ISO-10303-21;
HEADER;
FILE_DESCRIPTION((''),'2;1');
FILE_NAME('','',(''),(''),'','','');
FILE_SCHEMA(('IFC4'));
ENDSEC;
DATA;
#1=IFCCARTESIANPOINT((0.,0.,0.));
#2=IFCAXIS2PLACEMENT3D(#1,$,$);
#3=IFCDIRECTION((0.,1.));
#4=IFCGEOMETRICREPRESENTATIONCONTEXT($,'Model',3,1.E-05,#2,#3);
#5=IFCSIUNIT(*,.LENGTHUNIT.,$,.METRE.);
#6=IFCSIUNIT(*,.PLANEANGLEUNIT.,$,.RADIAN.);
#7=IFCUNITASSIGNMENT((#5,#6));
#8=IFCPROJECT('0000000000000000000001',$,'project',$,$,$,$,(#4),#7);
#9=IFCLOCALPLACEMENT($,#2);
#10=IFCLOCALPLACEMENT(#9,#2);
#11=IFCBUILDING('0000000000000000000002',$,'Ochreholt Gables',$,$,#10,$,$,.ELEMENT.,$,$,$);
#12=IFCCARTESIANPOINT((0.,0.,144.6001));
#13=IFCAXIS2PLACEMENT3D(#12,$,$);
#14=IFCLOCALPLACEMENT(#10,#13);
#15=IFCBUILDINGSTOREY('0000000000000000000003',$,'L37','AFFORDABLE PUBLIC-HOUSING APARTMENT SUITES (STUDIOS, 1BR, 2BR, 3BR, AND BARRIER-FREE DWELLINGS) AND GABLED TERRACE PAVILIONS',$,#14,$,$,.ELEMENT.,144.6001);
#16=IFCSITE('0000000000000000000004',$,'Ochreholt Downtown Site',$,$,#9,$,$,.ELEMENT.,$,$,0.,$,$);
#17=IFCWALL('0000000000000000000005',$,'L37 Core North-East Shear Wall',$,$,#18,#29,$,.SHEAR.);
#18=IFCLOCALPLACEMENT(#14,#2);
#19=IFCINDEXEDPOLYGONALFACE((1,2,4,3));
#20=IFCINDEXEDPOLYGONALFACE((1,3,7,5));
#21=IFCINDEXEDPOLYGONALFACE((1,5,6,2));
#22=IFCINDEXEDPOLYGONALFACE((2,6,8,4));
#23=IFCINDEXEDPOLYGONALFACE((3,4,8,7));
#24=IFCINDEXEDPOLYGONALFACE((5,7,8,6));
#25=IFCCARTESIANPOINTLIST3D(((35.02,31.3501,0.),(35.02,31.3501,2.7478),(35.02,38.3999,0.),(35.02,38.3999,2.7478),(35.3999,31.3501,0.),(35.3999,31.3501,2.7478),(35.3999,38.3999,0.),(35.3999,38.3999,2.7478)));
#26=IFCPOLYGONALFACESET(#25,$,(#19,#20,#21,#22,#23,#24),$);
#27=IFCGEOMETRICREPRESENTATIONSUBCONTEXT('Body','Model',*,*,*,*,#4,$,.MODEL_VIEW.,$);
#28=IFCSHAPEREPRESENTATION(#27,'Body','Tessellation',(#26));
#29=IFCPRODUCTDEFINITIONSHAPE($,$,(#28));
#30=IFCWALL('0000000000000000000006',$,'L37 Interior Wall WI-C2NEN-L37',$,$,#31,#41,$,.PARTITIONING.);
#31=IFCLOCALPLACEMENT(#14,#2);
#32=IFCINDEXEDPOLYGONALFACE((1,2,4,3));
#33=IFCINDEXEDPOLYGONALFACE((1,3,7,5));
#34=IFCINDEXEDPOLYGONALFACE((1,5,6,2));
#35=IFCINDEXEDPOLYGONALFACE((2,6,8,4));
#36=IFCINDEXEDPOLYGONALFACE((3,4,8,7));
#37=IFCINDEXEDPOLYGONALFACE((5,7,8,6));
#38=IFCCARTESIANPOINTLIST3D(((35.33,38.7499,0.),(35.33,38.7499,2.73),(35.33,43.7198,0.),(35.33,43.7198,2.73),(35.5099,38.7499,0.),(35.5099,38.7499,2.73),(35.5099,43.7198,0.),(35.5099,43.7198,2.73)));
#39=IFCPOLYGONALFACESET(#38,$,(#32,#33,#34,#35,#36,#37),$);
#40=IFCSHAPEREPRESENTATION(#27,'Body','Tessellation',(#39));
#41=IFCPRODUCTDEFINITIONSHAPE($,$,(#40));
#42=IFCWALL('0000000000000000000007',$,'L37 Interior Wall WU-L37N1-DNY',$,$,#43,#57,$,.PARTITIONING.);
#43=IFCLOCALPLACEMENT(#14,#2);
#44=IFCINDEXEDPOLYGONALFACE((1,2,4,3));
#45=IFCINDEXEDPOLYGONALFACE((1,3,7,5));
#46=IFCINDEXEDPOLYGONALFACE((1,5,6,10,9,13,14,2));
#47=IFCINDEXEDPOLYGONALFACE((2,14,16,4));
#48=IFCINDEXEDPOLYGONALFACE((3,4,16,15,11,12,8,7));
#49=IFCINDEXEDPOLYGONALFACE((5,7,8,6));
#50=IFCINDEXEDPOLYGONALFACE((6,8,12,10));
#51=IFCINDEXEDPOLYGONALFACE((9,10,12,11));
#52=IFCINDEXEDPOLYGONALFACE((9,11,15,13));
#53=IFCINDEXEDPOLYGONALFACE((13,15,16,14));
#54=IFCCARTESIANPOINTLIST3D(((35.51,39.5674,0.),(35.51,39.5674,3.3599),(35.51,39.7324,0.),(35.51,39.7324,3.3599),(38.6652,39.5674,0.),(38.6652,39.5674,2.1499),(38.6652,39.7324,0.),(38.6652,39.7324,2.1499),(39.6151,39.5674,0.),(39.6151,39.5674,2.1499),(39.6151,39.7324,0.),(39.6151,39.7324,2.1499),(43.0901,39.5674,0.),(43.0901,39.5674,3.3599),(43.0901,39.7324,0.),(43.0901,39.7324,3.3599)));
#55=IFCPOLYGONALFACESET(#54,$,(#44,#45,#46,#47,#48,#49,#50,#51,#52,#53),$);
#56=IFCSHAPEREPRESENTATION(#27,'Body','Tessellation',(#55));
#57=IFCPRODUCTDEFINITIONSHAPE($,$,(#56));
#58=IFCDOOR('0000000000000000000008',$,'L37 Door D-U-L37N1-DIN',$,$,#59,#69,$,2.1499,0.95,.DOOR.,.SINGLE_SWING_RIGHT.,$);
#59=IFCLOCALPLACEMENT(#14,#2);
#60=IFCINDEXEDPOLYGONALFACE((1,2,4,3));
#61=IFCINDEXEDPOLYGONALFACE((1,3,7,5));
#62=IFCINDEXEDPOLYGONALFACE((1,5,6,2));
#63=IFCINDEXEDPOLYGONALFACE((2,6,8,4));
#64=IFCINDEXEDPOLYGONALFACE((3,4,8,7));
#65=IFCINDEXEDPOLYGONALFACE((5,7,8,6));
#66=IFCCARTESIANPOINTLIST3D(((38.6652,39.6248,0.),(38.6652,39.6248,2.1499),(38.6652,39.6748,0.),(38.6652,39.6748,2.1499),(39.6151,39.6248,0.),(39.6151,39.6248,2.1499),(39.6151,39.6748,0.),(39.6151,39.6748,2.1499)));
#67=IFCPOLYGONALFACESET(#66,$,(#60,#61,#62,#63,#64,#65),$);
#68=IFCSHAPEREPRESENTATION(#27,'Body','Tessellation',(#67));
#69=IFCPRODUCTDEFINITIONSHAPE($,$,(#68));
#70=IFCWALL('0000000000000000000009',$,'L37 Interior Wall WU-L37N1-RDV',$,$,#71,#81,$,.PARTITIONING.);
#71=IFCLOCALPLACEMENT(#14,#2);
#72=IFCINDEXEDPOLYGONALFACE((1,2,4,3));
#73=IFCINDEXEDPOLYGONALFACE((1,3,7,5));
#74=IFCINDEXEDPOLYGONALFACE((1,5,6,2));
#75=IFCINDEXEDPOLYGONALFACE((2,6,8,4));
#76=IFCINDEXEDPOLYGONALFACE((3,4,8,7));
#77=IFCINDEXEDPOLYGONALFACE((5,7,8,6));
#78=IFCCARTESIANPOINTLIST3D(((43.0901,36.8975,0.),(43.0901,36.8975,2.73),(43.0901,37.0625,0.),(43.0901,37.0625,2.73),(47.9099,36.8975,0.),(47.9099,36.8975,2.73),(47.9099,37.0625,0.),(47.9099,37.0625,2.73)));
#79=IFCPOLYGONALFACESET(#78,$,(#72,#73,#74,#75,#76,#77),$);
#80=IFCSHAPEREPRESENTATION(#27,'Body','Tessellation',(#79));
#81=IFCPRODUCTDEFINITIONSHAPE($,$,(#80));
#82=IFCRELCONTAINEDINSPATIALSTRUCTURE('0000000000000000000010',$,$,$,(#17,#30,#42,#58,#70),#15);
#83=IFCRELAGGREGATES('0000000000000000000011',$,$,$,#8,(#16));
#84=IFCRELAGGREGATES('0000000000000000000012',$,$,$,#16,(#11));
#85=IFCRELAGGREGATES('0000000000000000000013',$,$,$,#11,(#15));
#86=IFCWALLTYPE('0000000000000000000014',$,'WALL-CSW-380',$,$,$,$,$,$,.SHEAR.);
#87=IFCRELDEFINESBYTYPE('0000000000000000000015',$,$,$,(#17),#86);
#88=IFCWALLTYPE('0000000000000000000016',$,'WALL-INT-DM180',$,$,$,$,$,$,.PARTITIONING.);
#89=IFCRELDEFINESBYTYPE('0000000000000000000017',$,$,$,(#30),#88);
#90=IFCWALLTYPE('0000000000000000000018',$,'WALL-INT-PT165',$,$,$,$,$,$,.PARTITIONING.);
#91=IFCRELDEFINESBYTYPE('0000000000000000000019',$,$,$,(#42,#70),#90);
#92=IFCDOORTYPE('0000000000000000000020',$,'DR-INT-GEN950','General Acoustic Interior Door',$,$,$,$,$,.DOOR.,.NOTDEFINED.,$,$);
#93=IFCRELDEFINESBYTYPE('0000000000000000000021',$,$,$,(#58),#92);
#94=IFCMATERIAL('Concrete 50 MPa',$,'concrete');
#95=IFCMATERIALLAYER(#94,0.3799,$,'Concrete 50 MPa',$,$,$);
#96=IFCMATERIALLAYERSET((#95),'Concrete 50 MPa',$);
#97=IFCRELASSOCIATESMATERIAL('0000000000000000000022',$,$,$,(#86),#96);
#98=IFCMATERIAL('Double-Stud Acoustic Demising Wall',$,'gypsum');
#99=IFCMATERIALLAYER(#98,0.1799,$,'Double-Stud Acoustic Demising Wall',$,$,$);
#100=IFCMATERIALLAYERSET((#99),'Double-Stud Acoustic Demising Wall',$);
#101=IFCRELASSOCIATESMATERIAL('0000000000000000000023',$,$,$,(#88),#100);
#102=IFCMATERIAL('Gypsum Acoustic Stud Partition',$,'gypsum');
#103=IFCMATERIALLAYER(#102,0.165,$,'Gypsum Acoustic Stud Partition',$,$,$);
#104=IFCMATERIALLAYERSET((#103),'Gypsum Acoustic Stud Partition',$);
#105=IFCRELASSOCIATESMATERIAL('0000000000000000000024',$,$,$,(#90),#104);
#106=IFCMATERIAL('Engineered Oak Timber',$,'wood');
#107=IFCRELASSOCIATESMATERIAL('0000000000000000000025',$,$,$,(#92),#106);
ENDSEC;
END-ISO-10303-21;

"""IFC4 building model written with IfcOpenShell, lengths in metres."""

from ifc_helpers import new_model, si_unit, direction, frame, frame_2d, origin, place, context, subcontext, project, spatial, rectangle, extrude, material, layer, layer_set, type_object, element, fill, save


model = new_model("IFC4")

# Units and contexts
model_context = context("Model", 3, precision=1e-05, world=origin(), true_north=direction((0.0, 1.0)))
body_context = subcontext(model_context, "Body", "Model", "MODEL_VIEW")
ifc_project = project(units=[si_unit("LENGTHUNIT", "METRE"), si_unit("PLANEANGLEUNIT", "RADIAN")], contexts=[model_context])

# Site, building, storey
site_placement = place(None, origin())
site = spatial("IfcSite", under=ifc_project, at=site_placement, Name="Ochreholt Downtown Site", CompositionType="ELEMENT", RefElevation=0.0)
building_placement = place(site_placement, origin())
building = spatial("IfcBuilding", under=site, at=building_placement, Name="Ochreholt Gables", CompositionType="ELEMENT")
storey_placement = place(building_placement, frame((0.0, 0.0, 144.6001)))
storey = spatial("IfcBuildingStorey", under=building, at=storey_placement, Name="L37", Description="AFFORDABLE PUBLIC-HOUSING APARTMENT SUITES (STUDIOS, 1BR, 2BR, 3BR, AND BARRIER-FREE DWELLINGS) AND GABLED TERRACE PAVILIONS", CompositionType="ELEMENT", Elevation=144.6001)

# Shared definitions
ifc_material_1 = material(Name="Concrete 50 MPa", Category="concrete")

# Walls
ifc_layer_1 = layer(ifc_material_1, 0.3799, Name="Concrete 50 MPa")
ifc_layer_set_1 = layer_set([ifc_layer_1], Name="Concrete 50 MPa")
wall_type_1 = type_object("IfcWallType", Name="WALL-CSW-380", PredefinedType="SHEAR", material=ifc_layer_set_1)
wall_1_placement = place(storey_placement, frame((35.21, 31.3501, 0.0), z_axis=(0.0, 0.0, 1.0), x_axis=(0.0, 1.0, 0.0)))
element("IfcWall", 1, at=wall_1_placement, inside=storey, type_object=wall_type_1, Name="L37 Core North-East Shear Wall", PredefinedType="SHEAR", context=body_context, shape_type="SweptSolid", body=[
    extrude(rectangle(XDim=7.0498, YDim=0.3799, at=frame_2d((3.5249, 0.0))), origin(), (0.0, 0.0, 1.0), 2.7478),
])
ifc_material_2 = material(Name="Double-Stud Acoustic Demising Wall", Category="gypsum")
ifc_layer_2 = layer(ifc_material_2, 0.1799, Name="Double-Stud Acoustic Demising Wall")
ifc_layer_set_2 = layer_set([ifc_layer_2], Name="Double-Stud Acoustic Demising Wall")
wall_type_2 = type_object("IfcWallType", Name="WALL-INT-DM180", PredefinedType="PARTITIONING", material=ifc_layer_set_2)
wall_2_placement = place(storey_placement, frame((35.4199, 38.75, 0.0), z_axis=(0.0, 0.0, 1.0), x_axis=(0.0, 1.0, 0.0)))
element("IfcWall", 2, at=wall_2_placement, inside=storey, type_object=wall_type_2, Name="L37 Interior Wall WI-C2NEN-L37", PredefinedType="PARTITIONING", context=body_context, shape_type="SweptSolid", body=[
    extrude(rectangle(XDim=4.97, YDim=0.1799, at=frame_2d((2.4849, 0.0))), origin(), (0.0, 0.0, 1.0), 2.73),
])

# Shared definitions
ifc_material_3 = material(Name="Engineered Oak Timber", Category="wood")

# Wall, opening, door
ifc_material_4 = material(Name="Gypsum Acoustic Stud Partition", Category="gypsum")
ifc_layer_3 = layer(ifc_material_4, 0.165, Name="Gypsum Acoustic Stud Partition")
ifc_layer_set_3 = layer_set([ifc_layer_3], Name="Gypsum Acoustic Stud Partition")
wall_type_3 = type_object("IfcWallType", Name="WALL-INT-PT165", PredefinedType="PARTITIONING", material=ifc_layer_set_3)
wall_3_placement = place(storey_placement, frame((35.51, 39.6499, 0.0), z_axis=(0.0, 0.0, 1.0), x_axis=(1.0, 0.0, 0.0)))
wall_3 = element("IfcWall", 3, at=wall_3_placement, inside=storey, type_object=wall_type_3, Name="L37 Interior Wall WU-L37N1-DNY", PredefinedType="PARTITIONING", context=body_context, shape_type="SweptSolid", body=[
    extrude(rectangle(XDim=7.5801, YDim=0.165, at=frame_2d((3.79, 0.0))), origin(), (0.0, 0.0, 1.0), 3.3599),
])
opening_1_placement = place(wall_3_placement, frame((3.155, 0.0, 0.0)))
opening_1 = element("IfcOpeningElement", 4, at=opening_1_placement, cuts=wall_3, PredefinedType="OPENING", context=body_context, shape_type="SweptSolid", body=[
    extrude(rectangle(XDim=0.95, YDim=2.1499, at=frame_2d((0.4751, 1.075))), frame((0.0, 0.0925, 0.0), z_axis=(0.0, -1.0, 0.0), x_axis=(1.0, 0.0, 0.0)), (0.0, 0.0, 1.0), 0.1851),
])
door_type_1 = type_object("IfcDoorType", Name="DR-INT-GEN950", Description="General Acoustic Interior Door", OperationType="NOTDEFINED", PredefinedType="DOOR", material=ifc_material_3)
door_1_placement = place(opening_1_placement, origin())
door_1 = element("IfcDoor", 5, at=door_1_placement, inside=storey, type_object=door_type_1, Name="L37 Door D-U-L37N1-DIN", OperationType="SINGLE_SWING_RIGHT", OverallHeight=2.1499, OverallWidth=0.95, PredefinedType="DOOR", context=body_context, shape_type="SweptSolid", body=[
    extrude(rectangle(XDim=0.95, YDim=2.1499, at=frame_2d((0.4751, 1.075))), frame((0.0, 0.0249, 0.0), z_axis=(0.0, -1.0, 0.0), x_axis=(1.0, 0.0, 0.0)), (0.0, 0.0, 1.0), 0.05),
])
fill(opening_1, door_1)

# Wall
wall_4_placement = place(storey_placement, frame((43.0901, 36.98, 0.0), z_axis=(0.0, 0.0, 1.0), x_axis=(1.0, 0.0, 0.0)))
element("IfcWall", 6, at=wall_4_placement, inside=storey, type_object=wall_type_3, Name="L37 Interior Wall WU-L37N1-RDV", PredefinedType="PARTITIONING", context=body_context, shape_type="SweptSolid", body=[
    extrude(rectangle(XDim=4.8198, YDim=0.165, at=frame_2d((2.4099, 0.0))), origin(), (0.0, 0.0, 1.0), 2.73),
])

save(model, "model.ifc")
